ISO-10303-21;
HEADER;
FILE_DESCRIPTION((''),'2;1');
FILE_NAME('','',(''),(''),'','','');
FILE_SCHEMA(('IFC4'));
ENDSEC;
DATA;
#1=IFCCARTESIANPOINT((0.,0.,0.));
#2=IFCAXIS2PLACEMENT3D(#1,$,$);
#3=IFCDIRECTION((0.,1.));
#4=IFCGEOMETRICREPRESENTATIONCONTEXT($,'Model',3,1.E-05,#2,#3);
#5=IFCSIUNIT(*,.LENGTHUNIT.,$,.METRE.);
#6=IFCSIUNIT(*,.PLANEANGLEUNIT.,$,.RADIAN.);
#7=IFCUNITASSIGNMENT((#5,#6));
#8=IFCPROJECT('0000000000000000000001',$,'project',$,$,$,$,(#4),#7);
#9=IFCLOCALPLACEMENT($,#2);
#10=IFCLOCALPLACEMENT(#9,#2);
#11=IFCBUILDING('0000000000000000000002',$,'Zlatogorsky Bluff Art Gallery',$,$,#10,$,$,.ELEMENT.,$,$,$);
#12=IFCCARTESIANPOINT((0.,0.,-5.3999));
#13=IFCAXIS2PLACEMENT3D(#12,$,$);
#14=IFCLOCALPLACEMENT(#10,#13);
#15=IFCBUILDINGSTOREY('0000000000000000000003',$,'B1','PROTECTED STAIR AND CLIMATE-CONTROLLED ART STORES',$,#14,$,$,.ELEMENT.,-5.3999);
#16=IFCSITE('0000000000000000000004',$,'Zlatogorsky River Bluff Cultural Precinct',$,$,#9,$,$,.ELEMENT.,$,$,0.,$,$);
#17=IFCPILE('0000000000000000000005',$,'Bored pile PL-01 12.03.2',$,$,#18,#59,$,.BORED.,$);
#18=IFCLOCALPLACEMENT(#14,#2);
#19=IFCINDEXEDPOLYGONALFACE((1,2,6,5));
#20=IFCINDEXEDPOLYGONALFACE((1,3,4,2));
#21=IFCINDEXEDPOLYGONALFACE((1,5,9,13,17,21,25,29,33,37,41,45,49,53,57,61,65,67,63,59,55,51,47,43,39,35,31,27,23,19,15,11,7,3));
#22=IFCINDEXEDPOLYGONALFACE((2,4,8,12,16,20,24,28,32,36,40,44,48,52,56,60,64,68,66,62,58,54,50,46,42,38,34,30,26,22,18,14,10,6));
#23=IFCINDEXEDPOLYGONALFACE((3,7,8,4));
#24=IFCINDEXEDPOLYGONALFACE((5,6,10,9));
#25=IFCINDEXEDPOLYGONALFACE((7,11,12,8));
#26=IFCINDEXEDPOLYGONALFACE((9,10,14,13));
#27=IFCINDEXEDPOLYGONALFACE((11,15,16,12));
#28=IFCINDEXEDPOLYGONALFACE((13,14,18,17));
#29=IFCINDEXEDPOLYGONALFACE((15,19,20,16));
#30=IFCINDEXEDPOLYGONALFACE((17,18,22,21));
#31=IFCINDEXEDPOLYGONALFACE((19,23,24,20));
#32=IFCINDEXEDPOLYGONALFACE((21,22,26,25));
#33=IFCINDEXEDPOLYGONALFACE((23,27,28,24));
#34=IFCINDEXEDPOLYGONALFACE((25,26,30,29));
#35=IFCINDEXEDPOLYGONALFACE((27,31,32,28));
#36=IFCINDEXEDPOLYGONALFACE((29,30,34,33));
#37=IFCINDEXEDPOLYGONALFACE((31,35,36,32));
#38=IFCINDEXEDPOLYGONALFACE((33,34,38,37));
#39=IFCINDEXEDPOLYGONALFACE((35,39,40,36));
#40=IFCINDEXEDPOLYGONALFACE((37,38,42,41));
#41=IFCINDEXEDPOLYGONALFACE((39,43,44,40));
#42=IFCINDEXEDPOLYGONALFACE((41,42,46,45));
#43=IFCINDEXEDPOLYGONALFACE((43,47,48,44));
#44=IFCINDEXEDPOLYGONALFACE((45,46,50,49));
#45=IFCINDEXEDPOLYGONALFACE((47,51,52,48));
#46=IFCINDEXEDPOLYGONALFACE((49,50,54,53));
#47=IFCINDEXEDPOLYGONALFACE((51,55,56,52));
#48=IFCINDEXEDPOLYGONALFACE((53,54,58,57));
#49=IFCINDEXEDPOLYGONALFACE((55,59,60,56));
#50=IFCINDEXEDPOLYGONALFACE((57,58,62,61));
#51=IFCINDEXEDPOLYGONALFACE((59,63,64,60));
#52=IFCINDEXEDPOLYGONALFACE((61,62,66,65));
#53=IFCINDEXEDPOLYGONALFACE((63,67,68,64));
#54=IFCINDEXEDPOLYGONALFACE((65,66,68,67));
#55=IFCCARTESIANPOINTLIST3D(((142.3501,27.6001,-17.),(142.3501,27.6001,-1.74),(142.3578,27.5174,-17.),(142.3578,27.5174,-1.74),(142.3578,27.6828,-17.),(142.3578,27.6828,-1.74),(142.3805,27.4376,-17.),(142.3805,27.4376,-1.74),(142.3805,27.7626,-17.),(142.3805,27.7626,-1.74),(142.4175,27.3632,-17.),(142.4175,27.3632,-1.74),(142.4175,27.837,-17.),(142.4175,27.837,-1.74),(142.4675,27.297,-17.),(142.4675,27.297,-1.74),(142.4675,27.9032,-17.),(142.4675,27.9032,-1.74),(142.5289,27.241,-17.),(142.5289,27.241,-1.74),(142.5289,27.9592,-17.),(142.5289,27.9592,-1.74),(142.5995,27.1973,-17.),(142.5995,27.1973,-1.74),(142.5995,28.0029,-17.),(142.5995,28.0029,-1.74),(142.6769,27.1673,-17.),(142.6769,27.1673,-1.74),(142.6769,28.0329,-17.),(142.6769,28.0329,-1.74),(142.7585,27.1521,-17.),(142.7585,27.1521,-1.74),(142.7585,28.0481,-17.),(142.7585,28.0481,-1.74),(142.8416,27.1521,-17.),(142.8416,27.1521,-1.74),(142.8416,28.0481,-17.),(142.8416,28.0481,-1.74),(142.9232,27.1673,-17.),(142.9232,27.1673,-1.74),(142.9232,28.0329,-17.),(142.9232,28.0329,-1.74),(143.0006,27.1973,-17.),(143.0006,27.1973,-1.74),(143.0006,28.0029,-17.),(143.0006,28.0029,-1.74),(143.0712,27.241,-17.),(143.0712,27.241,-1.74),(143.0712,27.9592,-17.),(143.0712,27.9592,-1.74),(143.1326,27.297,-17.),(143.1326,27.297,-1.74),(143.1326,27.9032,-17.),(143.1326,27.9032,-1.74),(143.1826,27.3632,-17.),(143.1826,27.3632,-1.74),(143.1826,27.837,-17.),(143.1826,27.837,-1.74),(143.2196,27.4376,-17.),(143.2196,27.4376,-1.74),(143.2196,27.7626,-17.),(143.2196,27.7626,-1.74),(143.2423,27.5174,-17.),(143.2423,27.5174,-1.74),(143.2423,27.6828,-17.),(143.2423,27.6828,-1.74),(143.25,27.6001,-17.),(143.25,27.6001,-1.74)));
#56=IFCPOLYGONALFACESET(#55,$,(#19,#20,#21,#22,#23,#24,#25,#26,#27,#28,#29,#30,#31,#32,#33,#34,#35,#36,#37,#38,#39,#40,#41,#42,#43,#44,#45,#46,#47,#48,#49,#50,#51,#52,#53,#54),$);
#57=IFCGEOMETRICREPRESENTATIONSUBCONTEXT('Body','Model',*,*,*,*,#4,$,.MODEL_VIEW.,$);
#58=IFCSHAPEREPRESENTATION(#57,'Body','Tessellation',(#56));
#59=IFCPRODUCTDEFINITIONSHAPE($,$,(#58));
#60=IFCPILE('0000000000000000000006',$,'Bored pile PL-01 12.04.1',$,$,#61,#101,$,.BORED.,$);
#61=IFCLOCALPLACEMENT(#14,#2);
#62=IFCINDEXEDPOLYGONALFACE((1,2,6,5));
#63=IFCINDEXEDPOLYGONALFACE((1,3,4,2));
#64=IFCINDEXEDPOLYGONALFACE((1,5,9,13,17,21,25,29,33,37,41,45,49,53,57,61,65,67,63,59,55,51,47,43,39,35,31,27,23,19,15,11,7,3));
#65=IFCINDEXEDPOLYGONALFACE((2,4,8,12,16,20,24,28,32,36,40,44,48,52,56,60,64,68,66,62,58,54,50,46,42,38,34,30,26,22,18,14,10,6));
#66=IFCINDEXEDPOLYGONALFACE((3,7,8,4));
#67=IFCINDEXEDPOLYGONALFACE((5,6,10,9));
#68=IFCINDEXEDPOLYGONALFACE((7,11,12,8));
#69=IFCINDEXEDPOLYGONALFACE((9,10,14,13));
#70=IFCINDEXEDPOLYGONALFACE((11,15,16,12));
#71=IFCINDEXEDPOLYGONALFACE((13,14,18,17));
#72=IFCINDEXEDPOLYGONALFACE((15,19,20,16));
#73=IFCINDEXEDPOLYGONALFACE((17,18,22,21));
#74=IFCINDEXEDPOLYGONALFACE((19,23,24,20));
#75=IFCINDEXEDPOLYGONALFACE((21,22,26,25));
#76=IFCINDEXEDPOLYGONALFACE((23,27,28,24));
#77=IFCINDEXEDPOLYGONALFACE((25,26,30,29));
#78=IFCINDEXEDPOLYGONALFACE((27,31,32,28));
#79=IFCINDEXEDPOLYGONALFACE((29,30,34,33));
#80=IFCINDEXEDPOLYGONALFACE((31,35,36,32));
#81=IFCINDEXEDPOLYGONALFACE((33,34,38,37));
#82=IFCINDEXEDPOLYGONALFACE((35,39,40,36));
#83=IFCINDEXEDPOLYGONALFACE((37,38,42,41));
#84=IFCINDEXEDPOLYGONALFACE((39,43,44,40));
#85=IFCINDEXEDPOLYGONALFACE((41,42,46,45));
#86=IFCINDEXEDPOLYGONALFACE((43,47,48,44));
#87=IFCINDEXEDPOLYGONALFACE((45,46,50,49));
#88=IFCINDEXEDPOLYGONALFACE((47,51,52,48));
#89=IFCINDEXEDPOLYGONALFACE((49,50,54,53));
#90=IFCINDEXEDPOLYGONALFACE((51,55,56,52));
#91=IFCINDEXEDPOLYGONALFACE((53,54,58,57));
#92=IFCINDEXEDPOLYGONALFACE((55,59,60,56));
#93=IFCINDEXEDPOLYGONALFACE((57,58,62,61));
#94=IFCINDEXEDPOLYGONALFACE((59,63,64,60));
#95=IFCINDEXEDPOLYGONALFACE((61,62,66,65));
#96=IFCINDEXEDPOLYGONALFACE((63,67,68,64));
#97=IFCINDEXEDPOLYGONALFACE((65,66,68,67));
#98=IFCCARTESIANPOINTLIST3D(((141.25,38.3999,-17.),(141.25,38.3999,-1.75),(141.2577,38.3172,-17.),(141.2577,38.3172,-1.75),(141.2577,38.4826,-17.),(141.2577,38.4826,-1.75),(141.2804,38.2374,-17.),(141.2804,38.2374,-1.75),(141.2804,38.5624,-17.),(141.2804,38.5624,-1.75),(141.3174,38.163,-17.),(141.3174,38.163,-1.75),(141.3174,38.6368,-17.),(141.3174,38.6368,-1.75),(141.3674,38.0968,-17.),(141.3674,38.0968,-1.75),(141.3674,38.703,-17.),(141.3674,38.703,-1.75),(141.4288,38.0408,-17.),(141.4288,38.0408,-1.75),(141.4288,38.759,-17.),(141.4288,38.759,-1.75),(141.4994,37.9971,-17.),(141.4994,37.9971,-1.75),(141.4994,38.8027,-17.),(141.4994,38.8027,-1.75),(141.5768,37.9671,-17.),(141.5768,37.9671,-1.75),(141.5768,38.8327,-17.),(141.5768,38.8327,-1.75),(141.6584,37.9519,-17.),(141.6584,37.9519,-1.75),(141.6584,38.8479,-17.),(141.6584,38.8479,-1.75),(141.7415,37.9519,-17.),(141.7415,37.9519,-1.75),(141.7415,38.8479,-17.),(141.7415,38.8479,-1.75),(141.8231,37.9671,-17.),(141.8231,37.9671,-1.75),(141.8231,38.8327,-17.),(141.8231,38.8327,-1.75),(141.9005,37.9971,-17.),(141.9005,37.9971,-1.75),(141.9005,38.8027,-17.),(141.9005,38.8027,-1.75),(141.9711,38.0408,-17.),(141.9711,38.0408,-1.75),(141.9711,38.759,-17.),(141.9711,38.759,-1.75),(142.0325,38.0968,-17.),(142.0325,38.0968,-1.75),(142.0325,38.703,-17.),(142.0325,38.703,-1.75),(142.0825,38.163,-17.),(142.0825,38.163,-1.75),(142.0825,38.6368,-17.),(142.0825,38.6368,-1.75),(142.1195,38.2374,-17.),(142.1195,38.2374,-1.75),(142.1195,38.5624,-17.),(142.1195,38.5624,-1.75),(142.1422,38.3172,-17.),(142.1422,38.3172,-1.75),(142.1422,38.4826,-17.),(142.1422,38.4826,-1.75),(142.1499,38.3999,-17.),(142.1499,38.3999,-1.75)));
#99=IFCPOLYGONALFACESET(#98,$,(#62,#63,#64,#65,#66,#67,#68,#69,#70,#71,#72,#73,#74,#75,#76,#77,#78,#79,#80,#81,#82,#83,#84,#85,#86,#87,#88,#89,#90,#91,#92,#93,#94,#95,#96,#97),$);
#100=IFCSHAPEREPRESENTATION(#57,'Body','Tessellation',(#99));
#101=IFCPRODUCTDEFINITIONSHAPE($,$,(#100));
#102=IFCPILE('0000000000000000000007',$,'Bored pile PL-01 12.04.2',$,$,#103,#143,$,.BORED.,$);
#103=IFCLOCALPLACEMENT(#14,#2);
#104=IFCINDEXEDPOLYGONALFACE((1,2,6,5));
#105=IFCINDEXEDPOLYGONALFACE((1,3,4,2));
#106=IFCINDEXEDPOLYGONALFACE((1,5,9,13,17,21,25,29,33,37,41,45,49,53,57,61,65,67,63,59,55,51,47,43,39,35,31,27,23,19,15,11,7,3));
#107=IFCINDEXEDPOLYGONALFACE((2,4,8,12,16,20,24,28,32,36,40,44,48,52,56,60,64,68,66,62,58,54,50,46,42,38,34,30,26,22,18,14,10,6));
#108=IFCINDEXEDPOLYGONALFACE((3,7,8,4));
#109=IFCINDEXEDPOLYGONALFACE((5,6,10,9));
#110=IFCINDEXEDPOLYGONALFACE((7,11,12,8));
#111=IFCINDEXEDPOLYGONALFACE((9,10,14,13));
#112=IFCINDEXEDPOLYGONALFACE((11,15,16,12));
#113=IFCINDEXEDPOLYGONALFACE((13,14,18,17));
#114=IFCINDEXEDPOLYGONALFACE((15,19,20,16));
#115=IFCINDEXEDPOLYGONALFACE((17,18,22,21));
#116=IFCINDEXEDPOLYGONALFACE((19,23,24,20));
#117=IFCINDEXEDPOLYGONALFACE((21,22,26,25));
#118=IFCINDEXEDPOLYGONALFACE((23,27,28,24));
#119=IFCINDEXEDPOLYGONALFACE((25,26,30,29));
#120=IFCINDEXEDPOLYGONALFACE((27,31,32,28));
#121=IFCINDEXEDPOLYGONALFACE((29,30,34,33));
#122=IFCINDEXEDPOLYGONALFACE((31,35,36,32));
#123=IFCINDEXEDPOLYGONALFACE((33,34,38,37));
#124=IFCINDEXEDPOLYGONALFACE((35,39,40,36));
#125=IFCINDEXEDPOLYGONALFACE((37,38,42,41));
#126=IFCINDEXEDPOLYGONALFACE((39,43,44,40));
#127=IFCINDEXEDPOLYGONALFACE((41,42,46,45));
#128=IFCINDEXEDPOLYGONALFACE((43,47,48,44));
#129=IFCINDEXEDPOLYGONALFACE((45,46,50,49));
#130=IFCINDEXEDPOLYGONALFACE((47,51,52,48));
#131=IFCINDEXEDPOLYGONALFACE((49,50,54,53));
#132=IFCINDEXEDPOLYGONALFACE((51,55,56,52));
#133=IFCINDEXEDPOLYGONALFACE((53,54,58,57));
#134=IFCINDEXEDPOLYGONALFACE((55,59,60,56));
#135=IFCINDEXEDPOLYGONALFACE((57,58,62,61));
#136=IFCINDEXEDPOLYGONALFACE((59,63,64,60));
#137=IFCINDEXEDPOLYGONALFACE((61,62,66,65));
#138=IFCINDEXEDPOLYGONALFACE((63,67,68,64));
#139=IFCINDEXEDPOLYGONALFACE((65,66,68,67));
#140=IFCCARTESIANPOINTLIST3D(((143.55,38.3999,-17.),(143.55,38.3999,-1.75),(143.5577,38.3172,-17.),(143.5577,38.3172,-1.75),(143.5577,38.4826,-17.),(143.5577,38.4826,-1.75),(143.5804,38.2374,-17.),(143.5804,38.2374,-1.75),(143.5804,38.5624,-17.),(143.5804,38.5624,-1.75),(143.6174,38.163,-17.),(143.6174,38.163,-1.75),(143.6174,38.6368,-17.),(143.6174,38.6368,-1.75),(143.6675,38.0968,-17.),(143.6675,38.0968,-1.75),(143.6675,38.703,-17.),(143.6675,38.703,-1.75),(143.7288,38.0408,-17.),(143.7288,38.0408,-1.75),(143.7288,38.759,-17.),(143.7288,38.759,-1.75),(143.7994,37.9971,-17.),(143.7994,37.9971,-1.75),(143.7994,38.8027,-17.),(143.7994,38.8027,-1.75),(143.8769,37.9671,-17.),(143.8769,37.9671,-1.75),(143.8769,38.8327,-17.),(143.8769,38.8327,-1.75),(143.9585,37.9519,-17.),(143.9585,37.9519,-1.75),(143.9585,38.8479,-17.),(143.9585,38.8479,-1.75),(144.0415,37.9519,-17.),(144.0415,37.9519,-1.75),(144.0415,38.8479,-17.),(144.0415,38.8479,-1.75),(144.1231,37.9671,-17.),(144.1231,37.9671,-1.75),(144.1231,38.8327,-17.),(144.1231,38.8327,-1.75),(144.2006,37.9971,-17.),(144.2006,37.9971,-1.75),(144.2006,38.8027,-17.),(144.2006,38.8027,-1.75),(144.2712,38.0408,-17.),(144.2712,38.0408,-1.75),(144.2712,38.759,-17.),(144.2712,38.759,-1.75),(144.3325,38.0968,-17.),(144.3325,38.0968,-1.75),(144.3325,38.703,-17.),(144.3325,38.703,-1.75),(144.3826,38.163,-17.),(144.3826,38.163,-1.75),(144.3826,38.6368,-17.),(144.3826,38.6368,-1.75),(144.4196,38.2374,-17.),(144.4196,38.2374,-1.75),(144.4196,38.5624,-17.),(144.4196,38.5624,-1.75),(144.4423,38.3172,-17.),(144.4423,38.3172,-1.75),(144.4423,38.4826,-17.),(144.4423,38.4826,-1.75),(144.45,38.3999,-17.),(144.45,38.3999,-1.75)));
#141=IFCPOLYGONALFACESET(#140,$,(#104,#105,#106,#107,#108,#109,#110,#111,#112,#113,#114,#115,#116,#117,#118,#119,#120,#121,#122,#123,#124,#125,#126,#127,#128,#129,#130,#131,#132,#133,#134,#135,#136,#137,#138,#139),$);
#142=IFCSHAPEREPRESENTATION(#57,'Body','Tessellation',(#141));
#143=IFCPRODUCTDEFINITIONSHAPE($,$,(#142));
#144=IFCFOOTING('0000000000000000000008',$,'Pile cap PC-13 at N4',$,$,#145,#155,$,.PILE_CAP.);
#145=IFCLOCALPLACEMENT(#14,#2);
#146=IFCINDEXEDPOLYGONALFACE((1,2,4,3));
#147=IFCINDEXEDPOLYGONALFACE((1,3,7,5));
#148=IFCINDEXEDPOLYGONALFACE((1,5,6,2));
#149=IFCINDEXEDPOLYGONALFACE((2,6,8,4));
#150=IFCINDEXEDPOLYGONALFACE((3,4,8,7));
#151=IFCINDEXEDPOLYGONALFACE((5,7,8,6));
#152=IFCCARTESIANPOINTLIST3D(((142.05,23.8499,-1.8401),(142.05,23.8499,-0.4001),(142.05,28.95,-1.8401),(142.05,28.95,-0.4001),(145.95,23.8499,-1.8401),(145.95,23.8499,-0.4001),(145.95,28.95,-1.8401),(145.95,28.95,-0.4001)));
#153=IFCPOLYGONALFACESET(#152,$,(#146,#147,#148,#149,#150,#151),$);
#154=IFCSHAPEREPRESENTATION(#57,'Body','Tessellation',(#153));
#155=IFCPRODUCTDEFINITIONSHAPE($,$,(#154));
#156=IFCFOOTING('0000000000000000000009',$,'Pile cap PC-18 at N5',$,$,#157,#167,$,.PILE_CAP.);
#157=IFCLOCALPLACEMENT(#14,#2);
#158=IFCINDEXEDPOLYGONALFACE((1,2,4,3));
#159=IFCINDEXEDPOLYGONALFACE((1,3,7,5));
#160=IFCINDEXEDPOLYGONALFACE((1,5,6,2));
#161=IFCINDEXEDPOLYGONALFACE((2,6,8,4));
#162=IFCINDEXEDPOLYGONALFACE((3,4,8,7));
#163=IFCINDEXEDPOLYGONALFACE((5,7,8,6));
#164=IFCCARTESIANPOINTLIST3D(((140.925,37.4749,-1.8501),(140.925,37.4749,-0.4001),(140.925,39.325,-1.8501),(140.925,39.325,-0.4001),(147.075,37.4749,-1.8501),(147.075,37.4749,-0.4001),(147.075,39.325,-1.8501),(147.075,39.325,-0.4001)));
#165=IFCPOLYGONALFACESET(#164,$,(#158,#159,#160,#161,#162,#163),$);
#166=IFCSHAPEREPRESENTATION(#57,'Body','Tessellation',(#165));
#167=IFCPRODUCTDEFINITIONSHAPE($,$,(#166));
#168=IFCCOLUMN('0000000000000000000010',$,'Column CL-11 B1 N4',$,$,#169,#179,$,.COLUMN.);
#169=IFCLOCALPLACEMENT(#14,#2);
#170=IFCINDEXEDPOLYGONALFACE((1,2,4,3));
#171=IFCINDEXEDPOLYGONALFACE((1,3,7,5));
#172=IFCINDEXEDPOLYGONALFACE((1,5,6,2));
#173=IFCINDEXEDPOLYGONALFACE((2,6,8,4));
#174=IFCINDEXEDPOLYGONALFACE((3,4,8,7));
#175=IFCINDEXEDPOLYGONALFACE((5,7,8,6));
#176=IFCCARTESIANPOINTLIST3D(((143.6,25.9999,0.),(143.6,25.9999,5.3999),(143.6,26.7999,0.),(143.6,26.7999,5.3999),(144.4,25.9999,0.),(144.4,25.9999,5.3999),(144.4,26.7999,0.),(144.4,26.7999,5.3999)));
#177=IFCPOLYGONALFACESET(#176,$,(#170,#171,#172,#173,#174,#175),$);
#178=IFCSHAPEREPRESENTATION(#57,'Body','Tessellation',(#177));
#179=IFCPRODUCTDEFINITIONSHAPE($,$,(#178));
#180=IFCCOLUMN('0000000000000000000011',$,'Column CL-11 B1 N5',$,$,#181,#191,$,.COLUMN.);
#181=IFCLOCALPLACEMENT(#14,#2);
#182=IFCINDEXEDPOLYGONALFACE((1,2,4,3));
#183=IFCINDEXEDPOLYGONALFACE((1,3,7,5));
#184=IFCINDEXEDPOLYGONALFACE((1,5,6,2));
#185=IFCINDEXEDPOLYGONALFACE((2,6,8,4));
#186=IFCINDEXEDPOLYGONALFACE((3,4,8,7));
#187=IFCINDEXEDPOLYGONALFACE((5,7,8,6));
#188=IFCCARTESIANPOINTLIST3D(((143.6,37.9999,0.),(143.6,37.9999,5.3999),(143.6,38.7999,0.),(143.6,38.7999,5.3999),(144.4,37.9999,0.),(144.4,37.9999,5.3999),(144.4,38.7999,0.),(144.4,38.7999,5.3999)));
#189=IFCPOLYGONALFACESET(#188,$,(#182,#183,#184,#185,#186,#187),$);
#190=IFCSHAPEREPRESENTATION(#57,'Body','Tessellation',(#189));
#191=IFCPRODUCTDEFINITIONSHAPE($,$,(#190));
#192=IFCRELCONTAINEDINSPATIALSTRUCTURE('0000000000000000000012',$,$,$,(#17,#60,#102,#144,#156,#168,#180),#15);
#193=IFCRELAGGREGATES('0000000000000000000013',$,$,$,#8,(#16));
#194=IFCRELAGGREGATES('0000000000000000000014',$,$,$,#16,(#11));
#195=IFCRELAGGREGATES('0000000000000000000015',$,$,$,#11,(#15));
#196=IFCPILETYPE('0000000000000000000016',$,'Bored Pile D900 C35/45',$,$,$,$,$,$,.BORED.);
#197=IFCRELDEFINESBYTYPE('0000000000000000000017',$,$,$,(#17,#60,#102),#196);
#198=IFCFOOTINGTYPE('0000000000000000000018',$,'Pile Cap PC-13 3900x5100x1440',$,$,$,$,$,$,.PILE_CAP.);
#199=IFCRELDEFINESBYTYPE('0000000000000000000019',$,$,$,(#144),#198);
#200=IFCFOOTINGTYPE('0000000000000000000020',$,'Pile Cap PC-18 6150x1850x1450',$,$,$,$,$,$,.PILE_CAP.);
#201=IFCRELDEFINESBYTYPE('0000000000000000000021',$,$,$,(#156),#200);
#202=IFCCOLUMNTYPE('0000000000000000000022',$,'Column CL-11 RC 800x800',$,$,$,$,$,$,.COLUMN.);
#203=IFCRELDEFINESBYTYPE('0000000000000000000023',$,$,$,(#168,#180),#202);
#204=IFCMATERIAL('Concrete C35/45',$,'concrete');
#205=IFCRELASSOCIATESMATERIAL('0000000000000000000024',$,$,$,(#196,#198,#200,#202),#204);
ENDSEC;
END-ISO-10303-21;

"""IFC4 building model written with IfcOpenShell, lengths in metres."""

from ifc_helpers import new_model, si_unit, direction, frame, origin, origin_2d, place, context, subcontext, project, spatial, rectangle, circle, extrude, material, material_profile, profile_set, type_object, element, save


model = new_model("IFC4")

# Units and contexts
model_context = context("Model", 3, precision=1e-05, world=origin(), true_north=direction((0.0, 1.0)))
body_context = subcontext(model_context, "Body", "Model", "MODEL_VIEW")
ifc_project = project(units=[si_unit("LENGTHUNIT", "METRE"), si_unit("PLANEANGLEUNIT", "RADIAN")], contexts=[model_context])

# Site, building, storey
site_placement = place(None, origin())
site = spatial("IfcSite", under=ifc_project, at=site_placement, Name="Zlatogorsky River Bluff Cultural Precinct", CompositionType="ELEMENT", RefElevation=0.0)
building_placement = place(site_placement, origin())
building = spatial("IfcBuilding", under=site, at=building_placement, Name="Zlatogorsky Bluff Art Gallery", CompositionType="ELEMENT")
storey_placement = place(building_placement, frame((0.0, 0.0, -5.3999)))
storey = spatial("IfcBuildingStorey", under=building, at=storey_placement, Name="B1", Description="PROTECTED STAIR AND CLIMATE-CONTROLLED ART STORES", CompositionType="ELEMENT", Elevation=-5.3999)

# Piles
ifc_material_1 = material(Name="Concrete C35/45", Category="concrete")
ifc_material_profile_1 = material_profile(ifc_material_1, circle(Radius=0.45, at=origin_2d()), Name="BORED PILE D900")
ifc_profile_set_1 = profile_set([ifc_material_profile_1], Name="Concrete C35/45")
pile_type = type_object("IfcPileType", Name="Bored Pile D900 C35/45", PredefinedType="BORED", material=ifc_profile_set_1)
for number, where, z_axis, x_axis, name in (
    (1, (142.8, 27.6001, -1.74), (0.0, 0.0, -1.0), (1.0, 0.0, 0.0), "Bored pile PL-01 12.03.2"),
):
    element("IfcPile", number, at=place(storey_placement, frame(where, z_axis=z_axis, x_axis=x_axis)), inside=storey, type_object=pile_type, Name=name, PredefinedType="BORED", context=body_context, shape_type="SweptSolid", body=[
        extrude(circle(Radius=0.45, at=origin_2d()), origin(), (0.0, 0.0, 1.0), 15.26),
    ])
for number, where, z_axis, x_axis, name in (
    (2, (141.7, 38.3999, -1.75), (0.0, 0.0, -1.0), (1.0, 0.0, 0.0), "Bored pile PL-01 12.04.1"),
    (3, (144.0, 38.3999, -1.75), (0.0, 0.0, -1.0), (1.0, 0.0, 0.0), "Bored pile PL-01 12.04.2"),
):
    element("IfcPile", number, at=place(storey_placement, frame(where, z_axis=z_axis, x_axis=x_axis)), inside=storey, type_object=pile_type, Name=name, PredefinedType="BORED", context=body_context, shape_type="SweptSolid", body=[
        extrude(circle(Radius=0.45, at=origin_2d()), origin(), (0.0, 0.0, 1.0), 15.25),
    ])

# Footings
footing_type_1 = type_object("IfcFootingType", Name="Pile Cap PC-13 3900x5100x1440", PredefinedType="PILE_CAP", material=ifc_material_1)
footing_1_placement = place(storey_placement, frame((144.0, 26.3999, -1.8401), z_axis=(0.0, 0.0, 1.0), x_axis=(1.0, 0.0, 0.0)))
element("IfcFooting", 4, at=footing_1_placement, inside=storey, type_object=footing_type_1, Name="Pile cap PC-13 at N4", PredefinedType="PILE_CAP", context=body_context, shape_type="SweptSolid", body=[
    extrude(rectangle(XDim=3.8999, YDim=5.1001, at=origin_2d()), origin(), (0.0, 0.0, 1.0), 1.4399),
])
footing_type_2 = type_object("IfcFootingType", Name="Pile Cap PC-18 6150x1850x1450", PredefinedType="PILE_CAP", material=ifc_material_1)
footing_2_placement = place(storey_placement, frame((144.0, 38.3999, -1.8501), z_axis=(0.0, 0.0, 1.0), x_axis=(1.0, 0.0, 0.0)))
element("IfcFooting", 5, at=footing_2_placement, inside=storey, type_object=footing_type_2, Name="Pile cap PC-18 at N5", PredefinedType="PILE_CAP", context=body_context, shape_type="SweptSolid", body=[
    extrude(rectangle(XDim=6.1499, YDim=1.8501, at=origin_2d()), origin(), (0.0, 0.0, 1.0), 1.45),
])

# Columns
ifc_material_profile_2 = material_profile(ifc_material_1, rectangle(XDim=0.8, YDim=0.8, at=origin_2d()), Name="RC 800x800")
ifc_profile_set_2 = profile_set([ifc_material_profile_2], Name="Concrete C35/45")
column_type = type_object("IfcColumnType", Name="Column CL-11 RC 800x800", PredefinedType="COLUMN", material=ifc_profile_set_2)
for number, where, z_axis, x_axis, name in (
    (6, (144.0, 26.3999, 0.0), (0.0, 0.0, 1.0), (1.0, 0.0, 0.0), "Column CL-11 B1 N4"),
    (7, (144.0, 38.3999, 0.0), (0.0, 0.0, 1.0), (1.0, 0.0, 0.0), "Column CL-11 B1 N5"),
):
    element("IfcColumn", number, at=place(storey_placement, frame(where, z_axis=z_axis, x_axis=x_axis)), inside=storey, type_object=column_type, Name=name, PredefinedType="COLUMN", context=body_context, shape_type="SweptSolid", body=[
        extrude(rectangle(XDim=0.8, YDim=0.8, at=origin_2d()), origin(), (0.0, 0.0, 1.0), 5.3999),
    ])

save(model, "model.ifc")
